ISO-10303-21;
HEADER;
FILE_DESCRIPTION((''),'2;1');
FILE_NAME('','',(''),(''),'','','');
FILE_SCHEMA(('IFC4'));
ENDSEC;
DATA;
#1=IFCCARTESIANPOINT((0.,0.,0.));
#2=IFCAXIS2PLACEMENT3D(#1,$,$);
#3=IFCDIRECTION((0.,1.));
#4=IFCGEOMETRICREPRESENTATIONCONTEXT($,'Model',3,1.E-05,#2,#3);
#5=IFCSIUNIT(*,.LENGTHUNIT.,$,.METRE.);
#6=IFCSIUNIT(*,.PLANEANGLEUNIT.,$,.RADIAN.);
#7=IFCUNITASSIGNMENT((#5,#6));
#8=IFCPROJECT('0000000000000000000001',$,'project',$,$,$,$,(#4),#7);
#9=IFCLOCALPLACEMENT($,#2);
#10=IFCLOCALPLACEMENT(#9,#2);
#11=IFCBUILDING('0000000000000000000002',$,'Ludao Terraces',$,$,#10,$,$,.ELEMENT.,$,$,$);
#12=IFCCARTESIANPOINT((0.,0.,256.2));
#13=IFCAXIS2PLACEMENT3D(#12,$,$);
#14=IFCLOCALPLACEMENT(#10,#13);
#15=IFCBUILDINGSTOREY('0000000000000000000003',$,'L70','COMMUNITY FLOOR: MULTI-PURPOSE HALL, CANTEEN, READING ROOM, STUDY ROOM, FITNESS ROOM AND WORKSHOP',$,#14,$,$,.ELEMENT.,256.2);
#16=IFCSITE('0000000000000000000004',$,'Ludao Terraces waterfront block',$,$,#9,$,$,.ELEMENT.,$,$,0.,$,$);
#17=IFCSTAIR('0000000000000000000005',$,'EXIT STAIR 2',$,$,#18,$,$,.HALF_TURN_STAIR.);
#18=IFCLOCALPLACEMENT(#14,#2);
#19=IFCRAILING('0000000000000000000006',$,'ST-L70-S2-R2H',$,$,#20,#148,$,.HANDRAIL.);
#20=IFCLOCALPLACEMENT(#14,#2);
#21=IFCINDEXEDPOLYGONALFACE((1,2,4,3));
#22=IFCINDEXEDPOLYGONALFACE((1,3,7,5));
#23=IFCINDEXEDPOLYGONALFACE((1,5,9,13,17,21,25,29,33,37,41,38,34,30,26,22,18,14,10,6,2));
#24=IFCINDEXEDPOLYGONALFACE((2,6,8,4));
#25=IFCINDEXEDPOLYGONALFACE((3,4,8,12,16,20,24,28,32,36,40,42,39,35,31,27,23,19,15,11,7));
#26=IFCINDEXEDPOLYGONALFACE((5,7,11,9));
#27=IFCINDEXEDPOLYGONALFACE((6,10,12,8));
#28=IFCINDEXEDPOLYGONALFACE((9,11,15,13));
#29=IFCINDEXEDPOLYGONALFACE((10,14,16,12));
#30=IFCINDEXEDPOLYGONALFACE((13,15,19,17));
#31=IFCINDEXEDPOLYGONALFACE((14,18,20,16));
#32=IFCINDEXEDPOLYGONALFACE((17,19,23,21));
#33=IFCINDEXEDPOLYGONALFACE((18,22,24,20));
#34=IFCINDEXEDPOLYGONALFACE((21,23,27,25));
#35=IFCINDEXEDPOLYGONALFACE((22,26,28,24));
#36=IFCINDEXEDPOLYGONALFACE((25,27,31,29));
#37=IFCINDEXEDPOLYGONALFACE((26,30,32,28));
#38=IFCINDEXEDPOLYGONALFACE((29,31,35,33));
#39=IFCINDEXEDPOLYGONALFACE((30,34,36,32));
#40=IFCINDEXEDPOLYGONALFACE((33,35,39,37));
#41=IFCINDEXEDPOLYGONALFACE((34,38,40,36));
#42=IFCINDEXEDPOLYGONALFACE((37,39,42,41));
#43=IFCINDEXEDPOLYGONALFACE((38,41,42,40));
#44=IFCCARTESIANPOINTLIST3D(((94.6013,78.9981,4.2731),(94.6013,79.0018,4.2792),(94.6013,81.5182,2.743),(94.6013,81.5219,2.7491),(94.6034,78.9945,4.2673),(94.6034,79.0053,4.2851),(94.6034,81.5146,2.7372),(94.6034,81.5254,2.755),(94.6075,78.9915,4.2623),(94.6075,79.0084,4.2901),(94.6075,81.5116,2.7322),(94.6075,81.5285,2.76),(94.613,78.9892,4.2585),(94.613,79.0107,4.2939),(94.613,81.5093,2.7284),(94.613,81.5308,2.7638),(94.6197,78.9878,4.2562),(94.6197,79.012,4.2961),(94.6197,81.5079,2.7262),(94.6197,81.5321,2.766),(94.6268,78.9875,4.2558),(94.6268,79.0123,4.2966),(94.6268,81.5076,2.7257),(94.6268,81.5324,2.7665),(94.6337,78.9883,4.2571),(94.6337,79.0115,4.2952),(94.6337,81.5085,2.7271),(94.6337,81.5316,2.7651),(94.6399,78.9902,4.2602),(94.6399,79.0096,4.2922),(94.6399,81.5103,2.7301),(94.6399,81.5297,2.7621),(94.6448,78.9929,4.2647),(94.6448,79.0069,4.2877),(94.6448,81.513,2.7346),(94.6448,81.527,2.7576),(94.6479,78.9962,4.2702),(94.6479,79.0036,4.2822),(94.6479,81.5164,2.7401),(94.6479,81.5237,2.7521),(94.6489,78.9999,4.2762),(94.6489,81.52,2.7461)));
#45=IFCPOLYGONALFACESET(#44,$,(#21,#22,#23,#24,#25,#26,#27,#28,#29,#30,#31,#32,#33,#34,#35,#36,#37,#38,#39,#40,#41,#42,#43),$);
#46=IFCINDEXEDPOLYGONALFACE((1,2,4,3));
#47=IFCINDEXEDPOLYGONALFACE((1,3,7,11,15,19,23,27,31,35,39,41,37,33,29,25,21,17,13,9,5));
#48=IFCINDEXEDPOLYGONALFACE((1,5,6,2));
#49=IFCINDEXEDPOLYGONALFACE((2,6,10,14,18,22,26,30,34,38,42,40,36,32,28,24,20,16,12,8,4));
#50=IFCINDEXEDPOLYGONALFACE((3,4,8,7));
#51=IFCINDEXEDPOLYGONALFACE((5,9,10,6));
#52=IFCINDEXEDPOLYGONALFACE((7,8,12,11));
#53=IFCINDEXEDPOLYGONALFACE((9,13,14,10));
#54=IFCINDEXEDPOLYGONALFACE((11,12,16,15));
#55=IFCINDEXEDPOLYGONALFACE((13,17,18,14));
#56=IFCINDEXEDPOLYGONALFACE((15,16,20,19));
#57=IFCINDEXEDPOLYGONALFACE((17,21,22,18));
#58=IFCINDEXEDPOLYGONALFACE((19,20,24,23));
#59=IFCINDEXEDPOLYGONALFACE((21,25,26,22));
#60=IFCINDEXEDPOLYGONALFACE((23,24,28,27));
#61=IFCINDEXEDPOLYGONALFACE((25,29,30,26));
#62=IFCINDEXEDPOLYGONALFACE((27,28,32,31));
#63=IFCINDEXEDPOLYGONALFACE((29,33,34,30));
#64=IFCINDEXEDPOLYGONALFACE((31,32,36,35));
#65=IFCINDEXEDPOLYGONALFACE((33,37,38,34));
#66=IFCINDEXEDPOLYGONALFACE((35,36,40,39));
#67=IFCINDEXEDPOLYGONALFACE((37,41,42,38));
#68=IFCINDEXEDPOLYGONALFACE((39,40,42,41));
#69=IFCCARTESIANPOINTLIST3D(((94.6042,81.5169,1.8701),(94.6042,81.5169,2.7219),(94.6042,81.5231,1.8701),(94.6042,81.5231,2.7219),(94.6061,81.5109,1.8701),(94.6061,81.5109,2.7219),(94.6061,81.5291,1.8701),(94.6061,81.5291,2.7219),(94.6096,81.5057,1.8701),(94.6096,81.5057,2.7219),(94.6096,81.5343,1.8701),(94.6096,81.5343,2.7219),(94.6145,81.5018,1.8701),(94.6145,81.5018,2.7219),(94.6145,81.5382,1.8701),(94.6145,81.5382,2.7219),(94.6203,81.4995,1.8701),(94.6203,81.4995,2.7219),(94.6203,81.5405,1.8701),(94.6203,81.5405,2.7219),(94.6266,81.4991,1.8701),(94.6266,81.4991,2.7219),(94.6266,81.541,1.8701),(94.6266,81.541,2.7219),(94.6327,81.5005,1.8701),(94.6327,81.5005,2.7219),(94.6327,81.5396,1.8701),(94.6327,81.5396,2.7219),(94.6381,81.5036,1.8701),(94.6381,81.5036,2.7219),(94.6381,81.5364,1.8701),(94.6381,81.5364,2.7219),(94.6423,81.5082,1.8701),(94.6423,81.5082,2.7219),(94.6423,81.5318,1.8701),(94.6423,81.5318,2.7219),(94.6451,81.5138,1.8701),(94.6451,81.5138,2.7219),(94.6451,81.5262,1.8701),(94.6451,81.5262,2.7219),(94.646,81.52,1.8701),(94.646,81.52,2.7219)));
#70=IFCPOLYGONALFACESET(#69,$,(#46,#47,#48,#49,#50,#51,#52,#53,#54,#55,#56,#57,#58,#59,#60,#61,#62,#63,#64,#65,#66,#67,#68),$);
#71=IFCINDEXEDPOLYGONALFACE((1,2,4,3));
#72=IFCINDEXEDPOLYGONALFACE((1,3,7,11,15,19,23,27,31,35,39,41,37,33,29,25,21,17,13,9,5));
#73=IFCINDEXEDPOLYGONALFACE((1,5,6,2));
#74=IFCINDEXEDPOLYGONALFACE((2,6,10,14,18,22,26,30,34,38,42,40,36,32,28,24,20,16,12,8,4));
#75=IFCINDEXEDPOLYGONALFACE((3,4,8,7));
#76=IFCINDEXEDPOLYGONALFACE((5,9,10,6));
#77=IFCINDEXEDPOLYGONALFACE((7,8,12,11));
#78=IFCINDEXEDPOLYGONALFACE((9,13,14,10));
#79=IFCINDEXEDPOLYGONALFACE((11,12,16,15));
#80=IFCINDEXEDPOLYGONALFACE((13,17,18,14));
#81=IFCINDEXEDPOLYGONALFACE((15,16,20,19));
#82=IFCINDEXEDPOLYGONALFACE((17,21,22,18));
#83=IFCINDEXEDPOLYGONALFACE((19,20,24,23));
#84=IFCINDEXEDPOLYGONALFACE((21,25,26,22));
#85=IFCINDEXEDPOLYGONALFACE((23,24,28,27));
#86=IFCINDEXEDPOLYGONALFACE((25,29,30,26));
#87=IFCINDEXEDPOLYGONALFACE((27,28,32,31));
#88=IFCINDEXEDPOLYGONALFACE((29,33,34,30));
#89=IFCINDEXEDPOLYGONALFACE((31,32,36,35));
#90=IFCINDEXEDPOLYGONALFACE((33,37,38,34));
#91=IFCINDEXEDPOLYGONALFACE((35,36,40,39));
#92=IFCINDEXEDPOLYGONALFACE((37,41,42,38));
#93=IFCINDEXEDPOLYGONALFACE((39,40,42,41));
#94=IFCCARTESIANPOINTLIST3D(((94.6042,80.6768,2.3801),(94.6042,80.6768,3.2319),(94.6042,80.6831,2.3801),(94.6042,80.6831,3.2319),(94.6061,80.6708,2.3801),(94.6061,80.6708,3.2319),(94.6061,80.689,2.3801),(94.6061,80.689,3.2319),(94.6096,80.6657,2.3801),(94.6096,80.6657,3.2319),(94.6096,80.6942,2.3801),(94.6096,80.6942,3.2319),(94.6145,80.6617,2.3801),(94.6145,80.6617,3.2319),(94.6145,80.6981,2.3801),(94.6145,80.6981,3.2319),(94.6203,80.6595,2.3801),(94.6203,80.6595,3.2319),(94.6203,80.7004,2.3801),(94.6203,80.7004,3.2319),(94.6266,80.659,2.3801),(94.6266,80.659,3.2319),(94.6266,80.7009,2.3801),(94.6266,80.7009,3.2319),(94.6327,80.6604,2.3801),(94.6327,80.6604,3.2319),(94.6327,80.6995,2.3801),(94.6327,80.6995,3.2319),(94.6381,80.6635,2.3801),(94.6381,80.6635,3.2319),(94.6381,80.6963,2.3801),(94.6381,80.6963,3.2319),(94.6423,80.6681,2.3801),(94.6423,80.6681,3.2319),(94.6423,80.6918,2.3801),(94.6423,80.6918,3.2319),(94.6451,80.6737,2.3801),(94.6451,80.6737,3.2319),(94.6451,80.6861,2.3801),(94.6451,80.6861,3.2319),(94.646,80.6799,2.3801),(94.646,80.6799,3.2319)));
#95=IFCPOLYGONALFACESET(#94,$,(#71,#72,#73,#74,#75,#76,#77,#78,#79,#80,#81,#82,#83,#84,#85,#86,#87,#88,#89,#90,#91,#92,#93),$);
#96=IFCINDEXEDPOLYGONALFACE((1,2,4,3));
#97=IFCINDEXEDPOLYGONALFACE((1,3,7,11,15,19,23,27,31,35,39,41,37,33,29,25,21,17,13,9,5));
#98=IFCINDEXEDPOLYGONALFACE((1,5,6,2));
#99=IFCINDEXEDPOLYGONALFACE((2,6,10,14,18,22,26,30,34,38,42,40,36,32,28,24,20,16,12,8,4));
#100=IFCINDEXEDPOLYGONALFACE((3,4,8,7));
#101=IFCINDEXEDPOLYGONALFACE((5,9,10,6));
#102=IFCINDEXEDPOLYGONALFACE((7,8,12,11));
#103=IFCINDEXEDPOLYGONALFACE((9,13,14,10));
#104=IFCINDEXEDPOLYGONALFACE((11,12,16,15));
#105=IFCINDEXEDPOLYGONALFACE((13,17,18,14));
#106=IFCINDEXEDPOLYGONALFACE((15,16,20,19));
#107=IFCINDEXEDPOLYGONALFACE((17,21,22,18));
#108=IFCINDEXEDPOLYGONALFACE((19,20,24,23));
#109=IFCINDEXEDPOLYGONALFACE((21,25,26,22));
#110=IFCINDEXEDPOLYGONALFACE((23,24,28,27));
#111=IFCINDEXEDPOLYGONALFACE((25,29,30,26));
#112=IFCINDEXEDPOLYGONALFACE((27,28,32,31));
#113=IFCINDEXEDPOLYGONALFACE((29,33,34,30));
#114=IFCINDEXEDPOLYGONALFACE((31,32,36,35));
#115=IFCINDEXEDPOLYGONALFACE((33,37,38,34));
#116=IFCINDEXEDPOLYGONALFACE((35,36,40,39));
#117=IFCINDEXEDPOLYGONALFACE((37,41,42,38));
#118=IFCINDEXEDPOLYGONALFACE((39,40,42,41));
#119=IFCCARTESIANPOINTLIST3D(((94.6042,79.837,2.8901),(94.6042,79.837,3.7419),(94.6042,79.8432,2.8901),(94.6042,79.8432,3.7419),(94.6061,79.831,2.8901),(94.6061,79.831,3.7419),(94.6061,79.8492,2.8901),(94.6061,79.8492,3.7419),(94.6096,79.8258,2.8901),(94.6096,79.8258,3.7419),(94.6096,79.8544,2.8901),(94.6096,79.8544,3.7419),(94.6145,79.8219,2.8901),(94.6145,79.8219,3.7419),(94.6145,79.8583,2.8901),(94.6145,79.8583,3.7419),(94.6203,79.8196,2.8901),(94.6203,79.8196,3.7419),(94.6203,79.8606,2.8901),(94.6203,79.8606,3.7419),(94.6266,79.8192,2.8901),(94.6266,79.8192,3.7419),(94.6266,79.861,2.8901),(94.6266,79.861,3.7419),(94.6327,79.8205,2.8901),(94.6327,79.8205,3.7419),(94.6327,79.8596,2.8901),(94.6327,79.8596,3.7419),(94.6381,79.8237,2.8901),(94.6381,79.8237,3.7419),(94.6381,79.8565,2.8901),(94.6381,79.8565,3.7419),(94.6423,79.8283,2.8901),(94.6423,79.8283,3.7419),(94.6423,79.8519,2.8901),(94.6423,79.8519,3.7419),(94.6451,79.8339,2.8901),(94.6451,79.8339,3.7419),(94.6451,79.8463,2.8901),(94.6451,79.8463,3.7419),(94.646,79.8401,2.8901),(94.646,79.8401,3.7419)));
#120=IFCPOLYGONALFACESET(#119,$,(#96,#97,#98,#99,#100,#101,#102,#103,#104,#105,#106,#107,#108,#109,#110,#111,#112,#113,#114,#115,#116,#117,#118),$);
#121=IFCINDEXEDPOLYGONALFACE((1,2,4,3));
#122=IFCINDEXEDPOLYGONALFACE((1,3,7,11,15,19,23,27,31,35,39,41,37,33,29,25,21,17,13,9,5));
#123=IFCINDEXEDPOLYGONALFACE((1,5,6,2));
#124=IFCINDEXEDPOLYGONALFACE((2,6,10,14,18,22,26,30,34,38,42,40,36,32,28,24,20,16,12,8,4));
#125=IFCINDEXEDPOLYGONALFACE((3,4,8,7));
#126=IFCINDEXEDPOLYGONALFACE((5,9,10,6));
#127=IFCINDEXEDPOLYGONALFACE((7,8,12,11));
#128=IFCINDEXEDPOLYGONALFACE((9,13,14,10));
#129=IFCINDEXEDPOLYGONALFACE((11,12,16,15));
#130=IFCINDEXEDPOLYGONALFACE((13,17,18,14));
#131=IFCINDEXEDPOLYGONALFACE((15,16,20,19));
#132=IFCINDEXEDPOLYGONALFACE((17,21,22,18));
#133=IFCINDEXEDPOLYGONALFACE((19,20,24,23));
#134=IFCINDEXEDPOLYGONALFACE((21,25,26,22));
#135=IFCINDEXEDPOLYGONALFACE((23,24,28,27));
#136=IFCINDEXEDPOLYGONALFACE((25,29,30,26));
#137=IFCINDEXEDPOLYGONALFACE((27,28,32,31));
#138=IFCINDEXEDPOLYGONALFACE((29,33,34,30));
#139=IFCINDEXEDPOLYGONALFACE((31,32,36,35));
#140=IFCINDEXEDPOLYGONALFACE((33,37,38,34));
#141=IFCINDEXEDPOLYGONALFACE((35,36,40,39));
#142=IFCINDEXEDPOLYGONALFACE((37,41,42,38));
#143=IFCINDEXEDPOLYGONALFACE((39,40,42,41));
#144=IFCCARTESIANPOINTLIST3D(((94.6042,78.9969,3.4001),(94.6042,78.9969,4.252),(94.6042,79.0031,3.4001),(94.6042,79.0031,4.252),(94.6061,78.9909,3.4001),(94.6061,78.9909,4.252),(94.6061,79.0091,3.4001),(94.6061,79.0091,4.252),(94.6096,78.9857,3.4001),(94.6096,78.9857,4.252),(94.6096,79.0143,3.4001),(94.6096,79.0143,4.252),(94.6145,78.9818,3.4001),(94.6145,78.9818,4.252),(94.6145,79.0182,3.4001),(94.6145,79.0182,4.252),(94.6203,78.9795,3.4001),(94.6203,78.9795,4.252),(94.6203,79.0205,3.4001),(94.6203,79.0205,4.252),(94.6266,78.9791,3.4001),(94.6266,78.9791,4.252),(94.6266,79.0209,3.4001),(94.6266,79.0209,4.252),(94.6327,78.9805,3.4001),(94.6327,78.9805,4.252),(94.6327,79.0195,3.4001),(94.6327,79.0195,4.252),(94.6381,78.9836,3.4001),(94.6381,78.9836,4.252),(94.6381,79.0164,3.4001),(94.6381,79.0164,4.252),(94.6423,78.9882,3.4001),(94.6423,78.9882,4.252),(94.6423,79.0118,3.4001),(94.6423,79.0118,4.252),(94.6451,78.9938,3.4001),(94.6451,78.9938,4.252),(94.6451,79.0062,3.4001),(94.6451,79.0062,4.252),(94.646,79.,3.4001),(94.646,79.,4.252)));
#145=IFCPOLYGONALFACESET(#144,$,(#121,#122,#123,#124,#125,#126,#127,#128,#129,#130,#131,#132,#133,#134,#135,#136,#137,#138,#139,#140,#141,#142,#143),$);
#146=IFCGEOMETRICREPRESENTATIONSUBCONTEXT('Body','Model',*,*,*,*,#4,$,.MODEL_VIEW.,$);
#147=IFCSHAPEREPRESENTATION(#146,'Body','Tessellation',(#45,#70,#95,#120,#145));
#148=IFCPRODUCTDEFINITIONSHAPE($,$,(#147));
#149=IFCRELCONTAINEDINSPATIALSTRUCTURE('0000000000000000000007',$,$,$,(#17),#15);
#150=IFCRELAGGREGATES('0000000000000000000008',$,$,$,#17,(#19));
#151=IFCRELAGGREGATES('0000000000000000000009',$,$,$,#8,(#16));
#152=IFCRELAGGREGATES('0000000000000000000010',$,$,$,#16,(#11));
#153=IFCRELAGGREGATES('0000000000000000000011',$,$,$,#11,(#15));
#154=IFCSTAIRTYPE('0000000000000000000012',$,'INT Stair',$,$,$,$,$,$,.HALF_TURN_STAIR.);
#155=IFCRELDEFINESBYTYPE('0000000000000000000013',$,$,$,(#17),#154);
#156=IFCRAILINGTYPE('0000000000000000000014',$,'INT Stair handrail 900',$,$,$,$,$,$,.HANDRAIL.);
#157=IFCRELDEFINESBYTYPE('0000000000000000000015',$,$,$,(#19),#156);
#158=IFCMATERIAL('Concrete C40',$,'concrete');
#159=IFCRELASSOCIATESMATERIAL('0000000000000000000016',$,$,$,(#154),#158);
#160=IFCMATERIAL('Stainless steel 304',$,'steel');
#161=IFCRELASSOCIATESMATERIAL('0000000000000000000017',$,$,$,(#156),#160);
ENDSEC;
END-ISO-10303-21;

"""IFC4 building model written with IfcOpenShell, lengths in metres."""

from ifc_helpers import new_model, si_unit, direction, frame, origin, origin_2d, place, context, subcontext, project, spatial, circle, extrude, material, type_object, element, aggregate, save


model = new_model("IFC4")

# Units and contexts
model_context = context("Model", 3, precision=1e-05, world=origin(), true_north=direction((0.0, 1.0)))
body_context = subcontext(model_context, "Body", "Model", "MODEL_VIEW")
ifc_project = project(units=[si_unit("LENGTHUNIT", "METRE"), si_unit("PLANEANGLEUNIT", "RADIAN")], contexts=[model_context])

# Site, building, storey
site_placement = place(None, origin())
site = spatial("IfcSite", under=ifc_project, at=site_placement, Name="Ludao Terraces waterfront block", CompositionType="ELEMENT", RefElevation=0.0)
building_placement = place(site_placement, origin())
building = spatial("IfcBuilding", under=site, at=building_placement, Name="Ludao Terraces", CompositionType="ELEMENT")
storey_placement = place(building_placement, frame((0.0, 0.0, 256.2)))
storey = spatial("IfcBuildingStorey", under=building, at=storey_placement, Name="L70", Description="COMMUNITY FLOOR: MULTI-PURPOSE HALL, CANTEEN, READING ROOM, STUDY ROOM, FITNESS ROOM AND WORKSHOP", CompositionType="ELEMENT", Elevation=256.2)

# Shared definitions
ifc_material_1 = material(Name="Stainless steel 304", Category="steel")

# Stair, railing
ifc_material_2 = material(Name="Concrete C40", Category="concrete")
stair_type = type_object("IfcStairType", Name="INT Stair", PredefinedType="HALF_TURN_STAIR", material=ifc_material_2)
stair_placement = place(storey_placement, origin())
stair = element("IfcStair", 1, at=stair_placement, inside=storey, type_object=stair_type, Name="EXIT STAIR 2", PredefinedType="HALF_TURN_STAIR")
railing_type_1 = type_object("IfcRailingType", Name="INT Stair handrail 900", PredefinedType="HANDRAIL", material=ifc_material_1)
railing_1_placement = place(storey_placement, frame((94.625, 81.52, 1.8701)))
railing_1 = element("IfcRailing", 2, at=railing_1_placement, type_object=railing_type_1, Name="ST-L70-S2-R2H", PredefinedType="HANDRAIL", context=body_context, shape_type="SweptSolid", body=[
    extrude(circle(Radius=0.0239, at=origin_2d()), frame((0.0, 0.0, 0.876), z_axis=(0.0, -0.854785, 0.518982), x_axis=(1.0, 0.0, 0.0)), (0.0, 0.0, 1.0), 2.9482),
    extrude(circle(Radius=0.021, at=origin_2d()), origin(), (0.0, 0.0, 1.0), 0.8518),
    extrude(circle(Radius=0.021, at=origin_2d()), frame((0.0, -0.8401, 0.51)), (0.0, 0.0, 1.0), 0.8518),
    extrude(circle(Radius=0.021, at=origin_2d()), frame((0.0, -1.6799, 1.02)), (0.0, 0.0, 1.0), 0.8518),
    extrude(circle(Radius=0.021, at=origin_2d()), frame((0.0, -2.52, 1.53)), (0.0, 0.0, 1.0), 0.8518),
])
aggregate(stair, [railing_1])

save(model, "model.ifc")
